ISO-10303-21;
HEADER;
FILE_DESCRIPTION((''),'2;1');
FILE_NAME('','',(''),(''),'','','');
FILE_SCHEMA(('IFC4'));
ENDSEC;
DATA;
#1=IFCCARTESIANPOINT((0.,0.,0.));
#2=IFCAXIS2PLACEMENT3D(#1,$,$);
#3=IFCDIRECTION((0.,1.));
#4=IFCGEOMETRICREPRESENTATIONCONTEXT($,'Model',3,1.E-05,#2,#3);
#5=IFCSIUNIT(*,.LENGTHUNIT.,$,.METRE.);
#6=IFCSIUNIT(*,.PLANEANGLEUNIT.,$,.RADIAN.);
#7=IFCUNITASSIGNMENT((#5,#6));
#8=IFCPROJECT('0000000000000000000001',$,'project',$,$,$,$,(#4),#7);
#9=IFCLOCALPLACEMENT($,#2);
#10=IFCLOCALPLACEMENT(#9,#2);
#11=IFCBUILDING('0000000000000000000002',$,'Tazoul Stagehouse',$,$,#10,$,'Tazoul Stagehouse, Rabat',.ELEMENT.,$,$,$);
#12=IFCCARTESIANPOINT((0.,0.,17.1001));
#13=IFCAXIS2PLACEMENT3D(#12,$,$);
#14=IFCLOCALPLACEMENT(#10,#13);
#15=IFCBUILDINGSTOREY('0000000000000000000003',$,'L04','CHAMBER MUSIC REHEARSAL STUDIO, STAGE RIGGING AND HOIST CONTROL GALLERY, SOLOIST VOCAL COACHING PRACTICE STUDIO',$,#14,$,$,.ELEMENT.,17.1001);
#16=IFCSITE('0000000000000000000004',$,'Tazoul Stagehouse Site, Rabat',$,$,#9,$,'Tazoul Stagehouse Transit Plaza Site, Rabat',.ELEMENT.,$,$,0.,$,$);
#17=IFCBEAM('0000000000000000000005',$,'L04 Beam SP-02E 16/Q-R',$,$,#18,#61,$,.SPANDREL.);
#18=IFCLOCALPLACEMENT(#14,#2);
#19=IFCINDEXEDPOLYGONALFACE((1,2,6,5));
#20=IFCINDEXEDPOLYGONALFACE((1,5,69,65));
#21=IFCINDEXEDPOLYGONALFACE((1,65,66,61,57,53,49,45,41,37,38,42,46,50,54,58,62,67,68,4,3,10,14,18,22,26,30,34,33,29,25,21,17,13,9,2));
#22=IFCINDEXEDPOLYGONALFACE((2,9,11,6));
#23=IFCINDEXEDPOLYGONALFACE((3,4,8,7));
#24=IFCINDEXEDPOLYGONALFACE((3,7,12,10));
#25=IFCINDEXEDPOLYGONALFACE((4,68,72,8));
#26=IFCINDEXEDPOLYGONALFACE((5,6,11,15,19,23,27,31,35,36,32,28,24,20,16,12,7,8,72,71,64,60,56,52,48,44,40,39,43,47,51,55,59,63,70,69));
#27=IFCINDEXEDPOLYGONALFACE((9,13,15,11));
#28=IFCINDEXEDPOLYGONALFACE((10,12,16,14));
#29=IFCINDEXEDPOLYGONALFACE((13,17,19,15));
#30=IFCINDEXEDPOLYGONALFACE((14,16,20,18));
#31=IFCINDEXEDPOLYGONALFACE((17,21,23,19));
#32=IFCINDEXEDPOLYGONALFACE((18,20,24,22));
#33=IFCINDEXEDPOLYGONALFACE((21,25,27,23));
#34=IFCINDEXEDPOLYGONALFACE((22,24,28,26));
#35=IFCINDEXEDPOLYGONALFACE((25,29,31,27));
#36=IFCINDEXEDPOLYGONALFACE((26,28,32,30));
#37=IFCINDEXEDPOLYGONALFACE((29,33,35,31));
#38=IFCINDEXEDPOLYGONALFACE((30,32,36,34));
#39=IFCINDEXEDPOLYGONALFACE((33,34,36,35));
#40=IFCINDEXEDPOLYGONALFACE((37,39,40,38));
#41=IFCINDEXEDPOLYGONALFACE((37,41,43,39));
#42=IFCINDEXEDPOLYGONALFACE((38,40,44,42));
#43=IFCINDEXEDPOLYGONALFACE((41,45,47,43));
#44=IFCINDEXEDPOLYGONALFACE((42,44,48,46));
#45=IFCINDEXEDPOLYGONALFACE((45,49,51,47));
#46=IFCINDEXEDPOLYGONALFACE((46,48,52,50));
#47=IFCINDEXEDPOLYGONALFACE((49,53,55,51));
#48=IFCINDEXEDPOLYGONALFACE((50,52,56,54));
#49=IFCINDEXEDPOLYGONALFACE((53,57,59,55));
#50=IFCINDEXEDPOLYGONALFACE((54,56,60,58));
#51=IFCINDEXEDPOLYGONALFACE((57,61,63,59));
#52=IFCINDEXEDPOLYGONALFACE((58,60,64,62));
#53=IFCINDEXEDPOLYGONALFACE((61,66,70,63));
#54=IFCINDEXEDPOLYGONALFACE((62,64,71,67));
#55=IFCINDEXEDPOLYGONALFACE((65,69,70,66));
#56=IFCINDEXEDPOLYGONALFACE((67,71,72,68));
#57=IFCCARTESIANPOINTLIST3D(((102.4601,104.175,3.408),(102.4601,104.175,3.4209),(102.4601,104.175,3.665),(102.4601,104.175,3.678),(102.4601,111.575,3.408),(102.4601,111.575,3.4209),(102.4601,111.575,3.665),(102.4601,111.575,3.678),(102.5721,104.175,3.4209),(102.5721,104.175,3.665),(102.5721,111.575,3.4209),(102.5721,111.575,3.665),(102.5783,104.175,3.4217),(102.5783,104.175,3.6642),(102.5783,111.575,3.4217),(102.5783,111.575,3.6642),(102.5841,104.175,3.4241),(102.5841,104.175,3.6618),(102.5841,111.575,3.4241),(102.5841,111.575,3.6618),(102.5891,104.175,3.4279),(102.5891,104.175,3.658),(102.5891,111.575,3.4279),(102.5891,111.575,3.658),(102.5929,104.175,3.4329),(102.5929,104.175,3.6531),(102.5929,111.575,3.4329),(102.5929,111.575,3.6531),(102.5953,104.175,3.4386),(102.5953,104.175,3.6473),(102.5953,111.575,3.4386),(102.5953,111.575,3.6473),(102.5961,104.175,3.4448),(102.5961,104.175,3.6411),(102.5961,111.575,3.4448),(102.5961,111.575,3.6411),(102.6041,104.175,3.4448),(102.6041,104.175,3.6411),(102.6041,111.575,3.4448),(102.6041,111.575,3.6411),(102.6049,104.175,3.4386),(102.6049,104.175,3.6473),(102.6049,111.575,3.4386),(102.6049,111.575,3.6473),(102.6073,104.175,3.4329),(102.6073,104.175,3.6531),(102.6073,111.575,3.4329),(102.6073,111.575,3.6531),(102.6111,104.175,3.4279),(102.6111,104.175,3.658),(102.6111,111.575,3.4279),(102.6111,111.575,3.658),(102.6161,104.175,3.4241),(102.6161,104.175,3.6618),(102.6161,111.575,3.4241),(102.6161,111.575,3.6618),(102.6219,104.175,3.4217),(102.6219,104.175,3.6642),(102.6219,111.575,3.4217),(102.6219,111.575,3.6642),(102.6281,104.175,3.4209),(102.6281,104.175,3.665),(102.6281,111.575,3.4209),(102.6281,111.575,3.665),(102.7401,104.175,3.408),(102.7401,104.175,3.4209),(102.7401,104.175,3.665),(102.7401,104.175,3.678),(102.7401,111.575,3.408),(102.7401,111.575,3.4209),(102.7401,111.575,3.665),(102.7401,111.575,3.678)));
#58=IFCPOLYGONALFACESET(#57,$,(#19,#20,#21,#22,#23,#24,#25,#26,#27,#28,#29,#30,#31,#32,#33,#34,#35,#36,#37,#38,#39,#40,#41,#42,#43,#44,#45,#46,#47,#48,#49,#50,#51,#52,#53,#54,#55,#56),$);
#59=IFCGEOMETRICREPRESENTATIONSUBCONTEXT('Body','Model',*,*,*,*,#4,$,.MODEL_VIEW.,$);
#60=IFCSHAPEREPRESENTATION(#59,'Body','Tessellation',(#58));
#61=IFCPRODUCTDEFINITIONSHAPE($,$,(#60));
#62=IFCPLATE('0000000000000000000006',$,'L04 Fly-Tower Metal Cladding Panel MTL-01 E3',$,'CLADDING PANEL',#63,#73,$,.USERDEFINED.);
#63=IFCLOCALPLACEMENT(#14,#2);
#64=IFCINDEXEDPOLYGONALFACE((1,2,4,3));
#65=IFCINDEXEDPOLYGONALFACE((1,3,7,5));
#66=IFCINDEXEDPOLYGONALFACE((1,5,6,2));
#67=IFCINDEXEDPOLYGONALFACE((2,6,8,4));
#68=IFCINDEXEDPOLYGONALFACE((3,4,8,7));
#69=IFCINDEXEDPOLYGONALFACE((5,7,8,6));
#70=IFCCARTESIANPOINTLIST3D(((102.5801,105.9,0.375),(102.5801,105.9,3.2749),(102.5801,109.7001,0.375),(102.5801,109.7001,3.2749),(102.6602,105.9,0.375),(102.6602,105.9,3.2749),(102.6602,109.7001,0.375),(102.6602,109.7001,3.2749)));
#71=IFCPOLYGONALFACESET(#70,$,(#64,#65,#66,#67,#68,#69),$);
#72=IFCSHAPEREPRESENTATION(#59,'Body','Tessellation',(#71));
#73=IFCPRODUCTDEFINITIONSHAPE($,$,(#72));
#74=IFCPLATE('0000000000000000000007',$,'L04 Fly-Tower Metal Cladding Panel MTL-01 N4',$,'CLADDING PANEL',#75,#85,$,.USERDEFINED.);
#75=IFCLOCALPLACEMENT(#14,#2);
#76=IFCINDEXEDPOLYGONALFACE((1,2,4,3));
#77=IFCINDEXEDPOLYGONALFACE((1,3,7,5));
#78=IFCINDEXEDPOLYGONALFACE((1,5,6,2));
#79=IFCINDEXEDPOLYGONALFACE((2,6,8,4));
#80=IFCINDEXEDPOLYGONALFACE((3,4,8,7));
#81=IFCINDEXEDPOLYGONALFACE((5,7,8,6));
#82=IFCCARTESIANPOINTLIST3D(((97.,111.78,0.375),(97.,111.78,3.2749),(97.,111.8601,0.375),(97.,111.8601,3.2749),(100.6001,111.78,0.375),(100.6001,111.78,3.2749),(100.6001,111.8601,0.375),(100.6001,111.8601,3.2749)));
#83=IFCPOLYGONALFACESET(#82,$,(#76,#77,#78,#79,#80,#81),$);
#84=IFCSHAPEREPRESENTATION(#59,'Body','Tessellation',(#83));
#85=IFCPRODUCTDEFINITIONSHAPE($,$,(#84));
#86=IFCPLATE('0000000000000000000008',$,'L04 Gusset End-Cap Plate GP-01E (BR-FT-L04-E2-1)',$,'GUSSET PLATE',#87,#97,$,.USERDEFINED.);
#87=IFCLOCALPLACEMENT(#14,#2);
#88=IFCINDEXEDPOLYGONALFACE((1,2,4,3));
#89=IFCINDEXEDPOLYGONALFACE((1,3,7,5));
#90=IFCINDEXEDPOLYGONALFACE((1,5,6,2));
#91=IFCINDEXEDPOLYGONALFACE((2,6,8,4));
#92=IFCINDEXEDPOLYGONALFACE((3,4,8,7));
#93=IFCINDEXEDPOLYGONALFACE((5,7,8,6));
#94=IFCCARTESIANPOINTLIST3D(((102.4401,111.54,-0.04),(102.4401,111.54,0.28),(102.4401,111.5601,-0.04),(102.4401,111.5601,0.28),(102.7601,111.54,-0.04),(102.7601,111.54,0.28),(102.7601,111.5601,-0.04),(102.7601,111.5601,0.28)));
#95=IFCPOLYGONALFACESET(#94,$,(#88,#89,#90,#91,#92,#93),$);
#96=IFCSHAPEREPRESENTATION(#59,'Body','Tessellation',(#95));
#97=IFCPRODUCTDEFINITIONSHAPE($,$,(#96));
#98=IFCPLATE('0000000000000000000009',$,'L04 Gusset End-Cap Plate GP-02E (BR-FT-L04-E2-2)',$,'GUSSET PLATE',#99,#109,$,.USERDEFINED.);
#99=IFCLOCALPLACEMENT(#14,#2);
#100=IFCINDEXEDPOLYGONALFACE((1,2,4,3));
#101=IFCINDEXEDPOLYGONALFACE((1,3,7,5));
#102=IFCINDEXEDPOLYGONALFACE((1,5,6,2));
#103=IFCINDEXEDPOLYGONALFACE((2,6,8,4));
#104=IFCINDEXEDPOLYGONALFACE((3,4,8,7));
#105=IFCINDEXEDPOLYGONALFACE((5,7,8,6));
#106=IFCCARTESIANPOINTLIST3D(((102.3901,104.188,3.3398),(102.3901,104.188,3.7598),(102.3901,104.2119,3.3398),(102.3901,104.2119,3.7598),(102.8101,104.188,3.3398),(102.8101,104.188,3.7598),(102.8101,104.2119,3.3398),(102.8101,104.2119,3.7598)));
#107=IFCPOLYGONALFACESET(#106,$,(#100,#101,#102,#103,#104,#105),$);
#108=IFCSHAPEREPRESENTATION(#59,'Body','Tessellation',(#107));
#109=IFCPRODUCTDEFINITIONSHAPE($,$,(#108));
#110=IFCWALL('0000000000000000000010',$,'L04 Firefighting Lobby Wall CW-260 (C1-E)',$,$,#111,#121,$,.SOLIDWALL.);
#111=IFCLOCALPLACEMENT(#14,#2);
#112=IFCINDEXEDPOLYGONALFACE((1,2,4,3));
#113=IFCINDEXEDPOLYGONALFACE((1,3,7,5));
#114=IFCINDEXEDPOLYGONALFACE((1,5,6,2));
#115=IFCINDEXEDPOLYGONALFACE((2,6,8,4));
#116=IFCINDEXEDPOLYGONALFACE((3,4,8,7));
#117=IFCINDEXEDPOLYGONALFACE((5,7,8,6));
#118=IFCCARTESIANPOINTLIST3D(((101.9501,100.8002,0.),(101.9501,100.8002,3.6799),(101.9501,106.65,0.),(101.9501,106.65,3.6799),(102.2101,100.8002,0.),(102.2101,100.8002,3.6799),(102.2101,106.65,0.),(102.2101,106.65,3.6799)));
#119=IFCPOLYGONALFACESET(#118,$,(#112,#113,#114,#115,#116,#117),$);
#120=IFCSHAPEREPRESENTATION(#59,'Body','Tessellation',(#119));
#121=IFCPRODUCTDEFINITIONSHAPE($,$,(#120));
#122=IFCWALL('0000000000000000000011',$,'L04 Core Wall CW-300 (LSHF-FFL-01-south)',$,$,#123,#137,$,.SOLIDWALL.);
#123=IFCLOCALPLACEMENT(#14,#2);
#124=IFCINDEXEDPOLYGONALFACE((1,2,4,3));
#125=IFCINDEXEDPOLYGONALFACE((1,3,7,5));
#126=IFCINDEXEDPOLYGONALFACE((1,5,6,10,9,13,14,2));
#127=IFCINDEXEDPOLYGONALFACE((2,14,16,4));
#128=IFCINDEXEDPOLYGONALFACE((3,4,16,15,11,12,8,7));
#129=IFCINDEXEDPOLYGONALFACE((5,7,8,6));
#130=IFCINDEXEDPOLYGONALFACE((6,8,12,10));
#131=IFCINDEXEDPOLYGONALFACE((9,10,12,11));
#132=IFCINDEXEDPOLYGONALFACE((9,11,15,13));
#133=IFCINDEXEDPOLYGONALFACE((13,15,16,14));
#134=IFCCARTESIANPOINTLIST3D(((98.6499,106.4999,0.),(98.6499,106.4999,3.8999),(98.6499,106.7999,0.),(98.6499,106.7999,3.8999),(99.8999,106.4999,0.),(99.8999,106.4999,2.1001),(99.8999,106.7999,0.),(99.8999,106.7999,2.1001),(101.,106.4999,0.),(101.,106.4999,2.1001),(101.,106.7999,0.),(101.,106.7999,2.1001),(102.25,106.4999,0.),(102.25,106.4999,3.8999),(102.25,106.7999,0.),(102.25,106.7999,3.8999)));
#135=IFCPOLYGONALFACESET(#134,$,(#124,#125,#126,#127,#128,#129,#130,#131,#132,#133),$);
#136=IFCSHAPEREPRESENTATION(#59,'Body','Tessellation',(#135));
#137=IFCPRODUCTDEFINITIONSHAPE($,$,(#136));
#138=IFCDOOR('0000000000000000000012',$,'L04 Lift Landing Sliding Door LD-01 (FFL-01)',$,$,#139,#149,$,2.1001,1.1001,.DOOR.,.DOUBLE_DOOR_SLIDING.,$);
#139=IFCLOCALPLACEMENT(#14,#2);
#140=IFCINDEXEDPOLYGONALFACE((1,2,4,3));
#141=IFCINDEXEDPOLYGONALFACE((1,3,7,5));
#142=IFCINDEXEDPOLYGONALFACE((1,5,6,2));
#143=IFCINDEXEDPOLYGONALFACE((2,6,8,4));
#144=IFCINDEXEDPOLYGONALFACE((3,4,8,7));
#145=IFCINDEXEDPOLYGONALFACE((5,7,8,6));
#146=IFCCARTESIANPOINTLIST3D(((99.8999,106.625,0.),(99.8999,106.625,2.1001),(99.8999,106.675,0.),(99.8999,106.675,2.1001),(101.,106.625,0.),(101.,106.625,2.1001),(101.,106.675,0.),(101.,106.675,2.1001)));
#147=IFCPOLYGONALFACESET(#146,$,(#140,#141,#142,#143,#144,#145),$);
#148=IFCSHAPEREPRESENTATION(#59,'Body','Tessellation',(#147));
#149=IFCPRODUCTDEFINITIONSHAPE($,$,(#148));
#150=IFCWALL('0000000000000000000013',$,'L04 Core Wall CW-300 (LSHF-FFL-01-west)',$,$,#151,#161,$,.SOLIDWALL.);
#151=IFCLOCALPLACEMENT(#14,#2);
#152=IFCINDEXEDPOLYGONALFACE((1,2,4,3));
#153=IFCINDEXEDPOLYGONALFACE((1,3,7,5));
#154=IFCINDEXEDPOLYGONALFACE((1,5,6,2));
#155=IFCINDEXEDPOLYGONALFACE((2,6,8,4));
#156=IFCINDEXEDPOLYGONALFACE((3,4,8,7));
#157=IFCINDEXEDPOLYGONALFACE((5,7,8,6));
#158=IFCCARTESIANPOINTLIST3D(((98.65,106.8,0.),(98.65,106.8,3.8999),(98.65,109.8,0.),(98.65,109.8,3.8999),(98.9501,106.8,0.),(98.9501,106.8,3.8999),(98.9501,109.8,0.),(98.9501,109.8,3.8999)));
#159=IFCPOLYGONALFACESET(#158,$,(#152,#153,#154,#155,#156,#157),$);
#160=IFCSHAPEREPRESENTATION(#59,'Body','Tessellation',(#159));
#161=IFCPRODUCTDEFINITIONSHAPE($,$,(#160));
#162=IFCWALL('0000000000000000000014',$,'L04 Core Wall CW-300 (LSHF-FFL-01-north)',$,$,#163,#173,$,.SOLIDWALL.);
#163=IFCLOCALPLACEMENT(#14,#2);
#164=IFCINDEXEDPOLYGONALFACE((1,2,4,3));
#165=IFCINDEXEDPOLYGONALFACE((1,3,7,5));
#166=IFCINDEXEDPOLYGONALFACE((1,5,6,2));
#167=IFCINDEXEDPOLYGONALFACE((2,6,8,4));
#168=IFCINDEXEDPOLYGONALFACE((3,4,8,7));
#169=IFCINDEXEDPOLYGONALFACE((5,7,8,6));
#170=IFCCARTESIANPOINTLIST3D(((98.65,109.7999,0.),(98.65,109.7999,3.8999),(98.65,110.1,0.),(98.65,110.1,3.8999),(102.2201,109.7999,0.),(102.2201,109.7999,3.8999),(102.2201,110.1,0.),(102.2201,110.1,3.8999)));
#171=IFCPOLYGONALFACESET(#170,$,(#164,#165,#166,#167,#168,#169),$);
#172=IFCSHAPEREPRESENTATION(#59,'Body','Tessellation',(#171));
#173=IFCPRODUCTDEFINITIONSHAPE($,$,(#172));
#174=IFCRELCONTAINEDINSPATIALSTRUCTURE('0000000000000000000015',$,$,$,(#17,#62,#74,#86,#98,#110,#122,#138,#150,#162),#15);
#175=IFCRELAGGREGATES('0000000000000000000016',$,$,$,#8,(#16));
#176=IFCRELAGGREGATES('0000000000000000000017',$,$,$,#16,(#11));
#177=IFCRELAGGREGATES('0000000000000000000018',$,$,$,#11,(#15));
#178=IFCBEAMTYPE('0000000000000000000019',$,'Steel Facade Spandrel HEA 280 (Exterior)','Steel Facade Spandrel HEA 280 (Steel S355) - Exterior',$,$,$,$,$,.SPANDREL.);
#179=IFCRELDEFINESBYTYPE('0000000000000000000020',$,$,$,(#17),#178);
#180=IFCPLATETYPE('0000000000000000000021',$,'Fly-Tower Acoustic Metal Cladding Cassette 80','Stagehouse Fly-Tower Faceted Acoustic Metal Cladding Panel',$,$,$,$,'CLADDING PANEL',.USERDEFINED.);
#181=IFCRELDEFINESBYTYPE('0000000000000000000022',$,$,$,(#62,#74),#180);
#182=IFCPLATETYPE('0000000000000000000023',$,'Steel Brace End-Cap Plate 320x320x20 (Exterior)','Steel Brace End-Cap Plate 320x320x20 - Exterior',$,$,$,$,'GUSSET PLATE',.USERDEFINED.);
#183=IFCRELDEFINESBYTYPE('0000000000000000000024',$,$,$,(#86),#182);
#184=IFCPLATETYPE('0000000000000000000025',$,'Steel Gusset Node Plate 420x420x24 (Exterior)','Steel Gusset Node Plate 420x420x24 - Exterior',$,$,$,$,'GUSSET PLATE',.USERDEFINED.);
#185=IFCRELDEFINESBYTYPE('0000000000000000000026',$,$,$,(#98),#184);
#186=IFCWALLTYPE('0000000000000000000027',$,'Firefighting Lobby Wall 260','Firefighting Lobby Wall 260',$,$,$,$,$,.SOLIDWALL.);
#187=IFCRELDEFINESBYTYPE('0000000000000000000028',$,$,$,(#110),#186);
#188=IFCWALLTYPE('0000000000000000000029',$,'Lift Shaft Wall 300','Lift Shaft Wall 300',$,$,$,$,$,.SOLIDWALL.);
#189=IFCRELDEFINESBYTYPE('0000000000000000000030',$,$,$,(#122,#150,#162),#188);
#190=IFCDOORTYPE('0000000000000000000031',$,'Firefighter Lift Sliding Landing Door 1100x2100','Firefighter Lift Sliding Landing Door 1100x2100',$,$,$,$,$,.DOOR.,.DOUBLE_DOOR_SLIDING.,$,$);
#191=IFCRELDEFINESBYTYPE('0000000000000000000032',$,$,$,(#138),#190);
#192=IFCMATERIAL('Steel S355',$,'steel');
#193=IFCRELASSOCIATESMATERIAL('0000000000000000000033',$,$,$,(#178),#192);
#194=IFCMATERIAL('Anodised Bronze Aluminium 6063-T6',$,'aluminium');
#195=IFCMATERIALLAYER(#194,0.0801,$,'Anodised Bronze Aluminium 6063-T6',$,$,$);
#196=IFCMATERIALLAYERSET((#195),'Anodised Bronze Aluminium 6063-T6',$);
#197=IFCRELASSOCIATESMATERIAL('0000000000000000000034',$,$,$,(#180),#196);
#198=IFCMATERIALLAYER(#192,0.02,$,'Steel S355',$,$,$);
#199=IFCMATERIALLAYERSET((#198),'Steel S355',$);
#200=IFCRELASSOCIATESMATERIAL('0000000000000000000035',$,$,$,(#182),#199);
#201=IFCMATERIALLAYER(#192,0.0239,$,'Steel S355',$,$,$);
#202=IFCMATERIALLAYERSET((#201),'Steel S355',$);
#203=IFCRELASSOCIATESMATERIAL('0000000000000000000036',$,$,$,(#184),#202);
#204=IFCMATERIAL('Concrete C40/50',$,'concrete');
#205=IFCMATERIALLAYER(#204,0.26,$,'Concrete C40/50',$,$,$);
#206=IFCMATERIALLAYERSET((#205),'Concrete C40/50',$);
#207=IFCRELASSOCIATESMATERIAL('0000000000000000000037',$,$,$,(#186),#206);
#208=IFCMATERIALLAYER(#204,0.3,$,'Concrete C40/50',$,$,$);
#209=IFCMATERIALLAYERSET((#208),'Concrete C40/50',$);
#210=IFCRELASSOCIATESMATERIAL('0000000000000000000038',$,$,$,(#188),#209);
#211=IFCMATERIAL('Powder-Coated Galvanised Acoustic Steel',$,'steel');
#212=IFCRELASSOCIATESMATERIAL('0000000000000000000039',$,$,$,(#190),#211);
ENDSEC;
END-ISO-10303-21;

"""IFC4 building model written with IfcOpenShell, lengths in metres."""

from ifc_helpers import new_model, si_unit, direction, frame, frame_2d, origin, origin_2d, place, context, subcontext, project, spatial, rectangle, i_section, extrude, material, layer, layer_set, material_profile, profile_set, type_object, element, fill, save


model = new_model("IFC4")

# Units and contexts
model_context = context("Model", 3, precision=1e-05, world=origin(), true_north=direction((0.0, 1.0)))
body_context = subcontext(model_context, "Body", "Model", "MODEL_VIEW")
ifc_project = project(units=[si_unit("LENGTHUNIT", "METRE"), si_unit("PLANEANGLEUNIT", "RADIAN")], contexts=[model_context])

# Site, building, storey
site_placement = place(None, origin())
site = spatial("IfcSite", under=ifc_project, at=site_placement, Name="Tazoul Stagehouse Site, Rabat", LongName="Tazoul Stagehouse Transit Plaza Site, Rabat", CompositionType="ELEMENT", RefElevation=0.0)
building_placement = place(site_placement, origin())
building = spatial("IfcBuilding", under=site, at=building_placement, Name="Tazoul Stagehouse", LongName="Tazoul Stagehouse, Rabat", CompositionType="ELEMENT")
storey_placement = place(building_placement, frame((0.0, 0.0, 17.1001)))
storey = spatial("IfcBuildingStorey", under=building, at=storey_placement, Name="L04", Description="CHAMBER MUSIC REHEARSAL STUDIO, STAGE RIGGING AND HOIST CONTROL GALLERY, SOLOIST VOCAL COACHING PRACTICE STUDIO", CompositionType="ELEMENT", Elevation=17.1001)

# Shared definitions
ifc_material_1 = material(Name="Concrete C40/50", Category="concrete")
ifc_material_2 = material(Name="Steel S355", Category="steel")

# Beam
ifc_material_profile_1 = material_profile(ifc_material_2, i_section(OverallWidth=0.28, OverallDepth=0.27, WebThickness=0.0081, FlangeThickness=0.0129, FilletRadius=0.0239, at=origin_2d()), Name="HEA 280")
ifc_profile_set_1 = profile_set([ifc_material_profile_1], Name="Steel S355")
beam_type_1 = type_object("IfcBeamType", Name="Steel Facade Spandrel HEA 280 (Exterior)", Description="Steel Facade Spandrel HEA 280 (Steel S355) - Exterior", PredefinedType="SPANDREL", material=ifc_profile_set_1)
beam_1_placement = place(storey_placement, frame((102.6001, 104.175, 3.543), z_axis=(0.0, 1.0, 0.0), x_axis=(-1.0, 0.0, 0.0)))
element("IfcBeam", 1, at=beam_1_placement, inside=storey, type_object=beam_type_1, Name="L04 Beam SP-02E 16/Q-R", PredefinedType="SPANDREL", context=body_context, shape_type="SweptSolid", body=[
    extrude(i_section(OverallWidth=0.28, OverallDepth=0.27, WebThickness=0.0081, FlangeThickness=0.0129, FilletRadius=0.0239, at=origin_2d()), origin(), (0.0, 0.0, 1.0), 7.3999),
])

# Plates
ifc_material_3 = material(Name="Anodised Bronze Aluminium 6063-T6", Category="aluminium")
ifc_layer_1 = layer(ifc_material_3, 0.0801, Name="Anodised Bronze Aluminium 6063-T6")
ifc_layer_set_1 = layer_set([ifc_layer_1], Name="Anodised Bronze Aluminium 6063-T6")
plate_type_1 = type_object("IfcPlateType", Name="Fly-Tower Acoustic Metal Cladding Cassette 80", Description="Stagehouse Fly-Tower Faceted Acoustic Metal Cladding Panel", ElementType="CLADDING PANEL", PredefinedType="USERDEFINED", material=ifc_layer_set_1)
plate_1_placement = place(storey_placement, frame((102.6201, 107.8, 0.375), z_axis=(0.0, 0.0, 1.0), x_axis=(0.0, 1.0, 0.0)))
element("IfcPlate", 2, at=plate_1_placement, inside=storey, type_object=plate_type_1, Name="L04 Fly-Tower Metal Cladding Panel MTL-01 E3", ObjectType="CLADDING PANEL", PredefinedType="USERDEFINED", context=body_context, shape_type="SweptSolid", body=[
    extrude(rectangle(XDim=3.8, YDim=0.0801, at=origin_2d()), origin(), (0.0, 0.0, 1.0), 2.8999),
])
plate_2_placement = place(storey_placement, frame((98.8, 111.8201, 0.375), z_axis=(0.0, 0.0, 1.0), x_axis=(1.0, 0.0, 0.0)))
element("IfcPlate", 3, at=plate_2_placement, inside=storey, type_object=plate_type_1, Name="L04 Fly-Tower Metal Cladding Panel MTL-01 N4", ObjectType="CLADDING PANEL", PredefinedType="USERDEFINED", context=body_context, shape_type="SweptSolid", body=[
    extrude(rectangle(XDim=3.6001, YDim=0.0801, at=origin_2d()), origin(), (0.0, 0.0, 1.0), 2.8999),
])
ifc_layer_2 = layer(ifc_material_2, 0.02, Name="Steel S355")
ifc_layer_set_2 = layer_set([ifc_layer_2], Name="Steel S355")
plate_type_2 = type_object("IfcPlateType", Name="Steel Brace End-Cap Plate 320x320x20 (Exterior)", Description="Steel Brace End-Cap Plate 320x320x20 - Exterior", ElementType="GUSSET PLATE", PredefinedType="USERDEFINED", material=ifc_layer_set_2)
plate_3_placement = place(storey_placement, frame((102.6001, 111.55, -0.04), z_axis=(0.0, 0.0, 1.0), x_axis=(0.0, -1.0, 0.0)))
element("IfcPlate", 4, at=plate_3_placement, inside=storey, type_object=plate_type_2, Name="L04 Gusset End-Cap Plate GP-01E (BR-FT-L04-E2-1)", ObjectType="GUSSET PLATE", PredefinedType="USERDEFINED", context=body_context, shape_type="SweptSolid", body=[
    extrude(rectangle(XDim=0.02, YDim=0.3201, at=origin_2d()), origin(), (0.0, 0.0, 1.0), 0.3201),
])
ifc_layer_3 = layer(ifc_material_2, 0.0239, Name="Steel S355")
ifc_layer_set_3 = layer_set([ifc_layer_3], Name="Steel S355")
plate_type_3 = type_object("IfcPlateType", Name="Steel Gusset Node Plate 420x420x24 (Exterior)", Description="Steel Gusset Node Plate 420x420x24 - Exterior", ElementType="GUSSET PLATE", PredefinedType="USERDEFINED", material=ifc_layer_set_3)
plate_4_placement = place(storey_placement, frame((102.6001, 104.2, 3.3398), z_axis=(0.0, 0.0, 1.0), x_axis=(0.0, -1.0, 0.0)))
element("IfcPlate", 5, at=plate_4_placement, inside=storey, type_object=plate_type_3, Name="L04 Gusset End-Cap Plate GP-02E (BR-FT-L04-E2-2)", ObjectType="GUSSET PLATE", PredefinedType="USERDEFINED", context=body_context, shape_type="SweptSolid", body=[
    extrude(rectangle(XDim=0.0239, YDim=0.4199, at=origin_2d()), origin(), (0.0, 0.0, 1.0), 0.4199),
])

# Shared definitions
ifc_material_4 = material(Name="Powder-Coated Galvanised Acoustic Steel", Category="steel")

# Wall
ifc_layer_4 = layer(ifc_material_1, 0.26, Name="Concrete C40/50")
ifc_layer_set_4 = layer_set([ifc_layer_4], Name="Concrete C40/50")
wall_type_1 = type_object("IfcWallType", Name="Firefighting Lobby Wall 260", Description="Firefighting Lobby Wall 260", PredefinedType="SOLIDWALL", material=ifc_layer_set_4)
wall_1_placement = place(storey_placement, frame((102.0801, 106.6499, 0.0), z_axis=(0.0, 0.0, 1.0), x_axis=(0.0, -1.0, 0.0)))
element("IfcWall", 6, at=wall_1_placement, inside=storey, type_object=wall_type_1, Name="L04 Firefighting Lobby Wall CW-260 (C1-E)", PredefinedType="SOLIDWALL", context=body_context, shape_type="SweptSolid", body=[
    extrude(rectangle(XDim=5.8499, YDim=0.26, at=frame_2d((2.9248, 0.0))), origin(), (0.0, 0.0, 1.0), 3.6799),
])

# Wall, opening, door
ifc_layer_5 = layer(ifc_material_1, 0.3, Name="Concrete C40/50")
ifc_layer_set_5 = layer_set([ifc_layer_5], Name="Concrete C40/50")
wall_type_2 = type_object("IfcWallType", Name="Lift Shaft Wall 300", Description="Lift Shaft Wall 300", PredefinedType="SOLIDWALL", material=ifc_layer_set_5)
wall_2_placement = place(storey_placement, frame((102.25, 106.6499, 0.0), z_axis=(0.0, 0.0, 1.0), x_axis=(-1.0, 0.0, 0.0)))
wall_2 = element("IfcWall", 7, at=wall_2_placement, inside=storey, type_object=wall_type_2, Name="L04 Core Wall CW-300 (LSHF-FFL-01-south)", PredefinedType="SOLIDWALL", context=body_context, shape_type="SweptSolid", body=[
    extrude(rectangle(XDim=3.6001, YDim=0.3, at=frame_2d((1.8, 0.0))), origin(), (0.0, 0.0, 1.0), 3.8999),
])
opening_1_placement = place(wall_2_placement, frame((1.25, 0.0, 0.0)))
opening_1 = element("IfcOpeningElement", 8, at=opening_1_placement, cuts=wall_2, PredefinedType="OPENING", context=body_context, shape_type="SweptSolid", body=[
    extrude(rectangle(XDim=1.1001, YDim=2.1001, at=frame_2d((0.55, 1.05))), frame((0.0, 0.1699, 0.0), z_axis=(0.0, -1.0, 0.0), x_axis=(1.0, 0.0, 0.0)), (0.0, 0.0, 1.0), 0.3401),
])
door_type_1 = type_object("IfcDoorType", Name="Firefighter Lift Sliding Landing Door 1100x2100", Description="Firefighter Lift Sliding Landing Door 1100x2100", OperationType="DOUBLE_DOOR_SLIDING", PredefinedType="DOOR", material=ifc_material_4)
door_1_placement = place(opening_1_placement, origin())
door_1 = element("IfcDoor", 9, at=door_1_placement, inside=storey, type_object=door_type_1, Name="L04 Lift Landing Sliding Door LD-01 (FFL-01)", OperationType="DOUBLE_DOOR_SLIDING", OverallHeight=2.1001, OverallWidth=1.1001, PredefinedType="DOOR", context=body_context, shape_type="SweptSolid", body=[
    extrude(rectangle(XDim=1.1001, YDim=2.1001, at=frame_2d((0.55, 1.05))), frame((0.0, 0.0249, 0.0), z_axis=(0.0, -1.0, 0.0), x_axis=(1.0, 0.0, 0.0)), (0.0, 0.0, 1.0), 0.05),
])
fill(opening_1, door_1)

# Walls
wall_3_placement = place(storey_placement, frame((98.8, 106.8, 0.0), z_axis=(0.0, 0.0, 1.0), x_axis=(0.0, 1.0, 0.0)))
element("IfcWall", 10, at=wall_3_placement, inside=storey, type_object=wall_type_2, Name="L04 Core Wall CW-300 (LSHF-FFL-01-west)", PredefinedType="SOLIDWALL", context=body_context, shape_type="SweptSolid", body=[
    extrude(rectangle(XDim=3.0, YDim=0.3, at=frame_2d((1.5, 0.0))), origin(), (0.0, 0.0, 1.0), 3.8999),
])
wall_4_placement = place(storey_placement, frame((98.6499, 109.95, 0.0), z_axis=(0.0, 0.0, 1.0), x_axis=(1.0, 0.0, 0.0)))
element("IfcWall", 11, at=wall_4_placement, inside=storey, type_object=wall_type_2, Name="L04 Core Wall CW-300 (LSHF-FFL-01-north)", PredefinedType="SOLIDWALL", context=body_context, shape_type="SweptSolid", body=[
    extrude(rectangle(XDim=3.5701, YDim=0.3, at=frame_2d((1.7852, 0.0))), origin(), (0.0, 0.0, 1.0), 3.8999),
])

save(model, "model.ifc")
